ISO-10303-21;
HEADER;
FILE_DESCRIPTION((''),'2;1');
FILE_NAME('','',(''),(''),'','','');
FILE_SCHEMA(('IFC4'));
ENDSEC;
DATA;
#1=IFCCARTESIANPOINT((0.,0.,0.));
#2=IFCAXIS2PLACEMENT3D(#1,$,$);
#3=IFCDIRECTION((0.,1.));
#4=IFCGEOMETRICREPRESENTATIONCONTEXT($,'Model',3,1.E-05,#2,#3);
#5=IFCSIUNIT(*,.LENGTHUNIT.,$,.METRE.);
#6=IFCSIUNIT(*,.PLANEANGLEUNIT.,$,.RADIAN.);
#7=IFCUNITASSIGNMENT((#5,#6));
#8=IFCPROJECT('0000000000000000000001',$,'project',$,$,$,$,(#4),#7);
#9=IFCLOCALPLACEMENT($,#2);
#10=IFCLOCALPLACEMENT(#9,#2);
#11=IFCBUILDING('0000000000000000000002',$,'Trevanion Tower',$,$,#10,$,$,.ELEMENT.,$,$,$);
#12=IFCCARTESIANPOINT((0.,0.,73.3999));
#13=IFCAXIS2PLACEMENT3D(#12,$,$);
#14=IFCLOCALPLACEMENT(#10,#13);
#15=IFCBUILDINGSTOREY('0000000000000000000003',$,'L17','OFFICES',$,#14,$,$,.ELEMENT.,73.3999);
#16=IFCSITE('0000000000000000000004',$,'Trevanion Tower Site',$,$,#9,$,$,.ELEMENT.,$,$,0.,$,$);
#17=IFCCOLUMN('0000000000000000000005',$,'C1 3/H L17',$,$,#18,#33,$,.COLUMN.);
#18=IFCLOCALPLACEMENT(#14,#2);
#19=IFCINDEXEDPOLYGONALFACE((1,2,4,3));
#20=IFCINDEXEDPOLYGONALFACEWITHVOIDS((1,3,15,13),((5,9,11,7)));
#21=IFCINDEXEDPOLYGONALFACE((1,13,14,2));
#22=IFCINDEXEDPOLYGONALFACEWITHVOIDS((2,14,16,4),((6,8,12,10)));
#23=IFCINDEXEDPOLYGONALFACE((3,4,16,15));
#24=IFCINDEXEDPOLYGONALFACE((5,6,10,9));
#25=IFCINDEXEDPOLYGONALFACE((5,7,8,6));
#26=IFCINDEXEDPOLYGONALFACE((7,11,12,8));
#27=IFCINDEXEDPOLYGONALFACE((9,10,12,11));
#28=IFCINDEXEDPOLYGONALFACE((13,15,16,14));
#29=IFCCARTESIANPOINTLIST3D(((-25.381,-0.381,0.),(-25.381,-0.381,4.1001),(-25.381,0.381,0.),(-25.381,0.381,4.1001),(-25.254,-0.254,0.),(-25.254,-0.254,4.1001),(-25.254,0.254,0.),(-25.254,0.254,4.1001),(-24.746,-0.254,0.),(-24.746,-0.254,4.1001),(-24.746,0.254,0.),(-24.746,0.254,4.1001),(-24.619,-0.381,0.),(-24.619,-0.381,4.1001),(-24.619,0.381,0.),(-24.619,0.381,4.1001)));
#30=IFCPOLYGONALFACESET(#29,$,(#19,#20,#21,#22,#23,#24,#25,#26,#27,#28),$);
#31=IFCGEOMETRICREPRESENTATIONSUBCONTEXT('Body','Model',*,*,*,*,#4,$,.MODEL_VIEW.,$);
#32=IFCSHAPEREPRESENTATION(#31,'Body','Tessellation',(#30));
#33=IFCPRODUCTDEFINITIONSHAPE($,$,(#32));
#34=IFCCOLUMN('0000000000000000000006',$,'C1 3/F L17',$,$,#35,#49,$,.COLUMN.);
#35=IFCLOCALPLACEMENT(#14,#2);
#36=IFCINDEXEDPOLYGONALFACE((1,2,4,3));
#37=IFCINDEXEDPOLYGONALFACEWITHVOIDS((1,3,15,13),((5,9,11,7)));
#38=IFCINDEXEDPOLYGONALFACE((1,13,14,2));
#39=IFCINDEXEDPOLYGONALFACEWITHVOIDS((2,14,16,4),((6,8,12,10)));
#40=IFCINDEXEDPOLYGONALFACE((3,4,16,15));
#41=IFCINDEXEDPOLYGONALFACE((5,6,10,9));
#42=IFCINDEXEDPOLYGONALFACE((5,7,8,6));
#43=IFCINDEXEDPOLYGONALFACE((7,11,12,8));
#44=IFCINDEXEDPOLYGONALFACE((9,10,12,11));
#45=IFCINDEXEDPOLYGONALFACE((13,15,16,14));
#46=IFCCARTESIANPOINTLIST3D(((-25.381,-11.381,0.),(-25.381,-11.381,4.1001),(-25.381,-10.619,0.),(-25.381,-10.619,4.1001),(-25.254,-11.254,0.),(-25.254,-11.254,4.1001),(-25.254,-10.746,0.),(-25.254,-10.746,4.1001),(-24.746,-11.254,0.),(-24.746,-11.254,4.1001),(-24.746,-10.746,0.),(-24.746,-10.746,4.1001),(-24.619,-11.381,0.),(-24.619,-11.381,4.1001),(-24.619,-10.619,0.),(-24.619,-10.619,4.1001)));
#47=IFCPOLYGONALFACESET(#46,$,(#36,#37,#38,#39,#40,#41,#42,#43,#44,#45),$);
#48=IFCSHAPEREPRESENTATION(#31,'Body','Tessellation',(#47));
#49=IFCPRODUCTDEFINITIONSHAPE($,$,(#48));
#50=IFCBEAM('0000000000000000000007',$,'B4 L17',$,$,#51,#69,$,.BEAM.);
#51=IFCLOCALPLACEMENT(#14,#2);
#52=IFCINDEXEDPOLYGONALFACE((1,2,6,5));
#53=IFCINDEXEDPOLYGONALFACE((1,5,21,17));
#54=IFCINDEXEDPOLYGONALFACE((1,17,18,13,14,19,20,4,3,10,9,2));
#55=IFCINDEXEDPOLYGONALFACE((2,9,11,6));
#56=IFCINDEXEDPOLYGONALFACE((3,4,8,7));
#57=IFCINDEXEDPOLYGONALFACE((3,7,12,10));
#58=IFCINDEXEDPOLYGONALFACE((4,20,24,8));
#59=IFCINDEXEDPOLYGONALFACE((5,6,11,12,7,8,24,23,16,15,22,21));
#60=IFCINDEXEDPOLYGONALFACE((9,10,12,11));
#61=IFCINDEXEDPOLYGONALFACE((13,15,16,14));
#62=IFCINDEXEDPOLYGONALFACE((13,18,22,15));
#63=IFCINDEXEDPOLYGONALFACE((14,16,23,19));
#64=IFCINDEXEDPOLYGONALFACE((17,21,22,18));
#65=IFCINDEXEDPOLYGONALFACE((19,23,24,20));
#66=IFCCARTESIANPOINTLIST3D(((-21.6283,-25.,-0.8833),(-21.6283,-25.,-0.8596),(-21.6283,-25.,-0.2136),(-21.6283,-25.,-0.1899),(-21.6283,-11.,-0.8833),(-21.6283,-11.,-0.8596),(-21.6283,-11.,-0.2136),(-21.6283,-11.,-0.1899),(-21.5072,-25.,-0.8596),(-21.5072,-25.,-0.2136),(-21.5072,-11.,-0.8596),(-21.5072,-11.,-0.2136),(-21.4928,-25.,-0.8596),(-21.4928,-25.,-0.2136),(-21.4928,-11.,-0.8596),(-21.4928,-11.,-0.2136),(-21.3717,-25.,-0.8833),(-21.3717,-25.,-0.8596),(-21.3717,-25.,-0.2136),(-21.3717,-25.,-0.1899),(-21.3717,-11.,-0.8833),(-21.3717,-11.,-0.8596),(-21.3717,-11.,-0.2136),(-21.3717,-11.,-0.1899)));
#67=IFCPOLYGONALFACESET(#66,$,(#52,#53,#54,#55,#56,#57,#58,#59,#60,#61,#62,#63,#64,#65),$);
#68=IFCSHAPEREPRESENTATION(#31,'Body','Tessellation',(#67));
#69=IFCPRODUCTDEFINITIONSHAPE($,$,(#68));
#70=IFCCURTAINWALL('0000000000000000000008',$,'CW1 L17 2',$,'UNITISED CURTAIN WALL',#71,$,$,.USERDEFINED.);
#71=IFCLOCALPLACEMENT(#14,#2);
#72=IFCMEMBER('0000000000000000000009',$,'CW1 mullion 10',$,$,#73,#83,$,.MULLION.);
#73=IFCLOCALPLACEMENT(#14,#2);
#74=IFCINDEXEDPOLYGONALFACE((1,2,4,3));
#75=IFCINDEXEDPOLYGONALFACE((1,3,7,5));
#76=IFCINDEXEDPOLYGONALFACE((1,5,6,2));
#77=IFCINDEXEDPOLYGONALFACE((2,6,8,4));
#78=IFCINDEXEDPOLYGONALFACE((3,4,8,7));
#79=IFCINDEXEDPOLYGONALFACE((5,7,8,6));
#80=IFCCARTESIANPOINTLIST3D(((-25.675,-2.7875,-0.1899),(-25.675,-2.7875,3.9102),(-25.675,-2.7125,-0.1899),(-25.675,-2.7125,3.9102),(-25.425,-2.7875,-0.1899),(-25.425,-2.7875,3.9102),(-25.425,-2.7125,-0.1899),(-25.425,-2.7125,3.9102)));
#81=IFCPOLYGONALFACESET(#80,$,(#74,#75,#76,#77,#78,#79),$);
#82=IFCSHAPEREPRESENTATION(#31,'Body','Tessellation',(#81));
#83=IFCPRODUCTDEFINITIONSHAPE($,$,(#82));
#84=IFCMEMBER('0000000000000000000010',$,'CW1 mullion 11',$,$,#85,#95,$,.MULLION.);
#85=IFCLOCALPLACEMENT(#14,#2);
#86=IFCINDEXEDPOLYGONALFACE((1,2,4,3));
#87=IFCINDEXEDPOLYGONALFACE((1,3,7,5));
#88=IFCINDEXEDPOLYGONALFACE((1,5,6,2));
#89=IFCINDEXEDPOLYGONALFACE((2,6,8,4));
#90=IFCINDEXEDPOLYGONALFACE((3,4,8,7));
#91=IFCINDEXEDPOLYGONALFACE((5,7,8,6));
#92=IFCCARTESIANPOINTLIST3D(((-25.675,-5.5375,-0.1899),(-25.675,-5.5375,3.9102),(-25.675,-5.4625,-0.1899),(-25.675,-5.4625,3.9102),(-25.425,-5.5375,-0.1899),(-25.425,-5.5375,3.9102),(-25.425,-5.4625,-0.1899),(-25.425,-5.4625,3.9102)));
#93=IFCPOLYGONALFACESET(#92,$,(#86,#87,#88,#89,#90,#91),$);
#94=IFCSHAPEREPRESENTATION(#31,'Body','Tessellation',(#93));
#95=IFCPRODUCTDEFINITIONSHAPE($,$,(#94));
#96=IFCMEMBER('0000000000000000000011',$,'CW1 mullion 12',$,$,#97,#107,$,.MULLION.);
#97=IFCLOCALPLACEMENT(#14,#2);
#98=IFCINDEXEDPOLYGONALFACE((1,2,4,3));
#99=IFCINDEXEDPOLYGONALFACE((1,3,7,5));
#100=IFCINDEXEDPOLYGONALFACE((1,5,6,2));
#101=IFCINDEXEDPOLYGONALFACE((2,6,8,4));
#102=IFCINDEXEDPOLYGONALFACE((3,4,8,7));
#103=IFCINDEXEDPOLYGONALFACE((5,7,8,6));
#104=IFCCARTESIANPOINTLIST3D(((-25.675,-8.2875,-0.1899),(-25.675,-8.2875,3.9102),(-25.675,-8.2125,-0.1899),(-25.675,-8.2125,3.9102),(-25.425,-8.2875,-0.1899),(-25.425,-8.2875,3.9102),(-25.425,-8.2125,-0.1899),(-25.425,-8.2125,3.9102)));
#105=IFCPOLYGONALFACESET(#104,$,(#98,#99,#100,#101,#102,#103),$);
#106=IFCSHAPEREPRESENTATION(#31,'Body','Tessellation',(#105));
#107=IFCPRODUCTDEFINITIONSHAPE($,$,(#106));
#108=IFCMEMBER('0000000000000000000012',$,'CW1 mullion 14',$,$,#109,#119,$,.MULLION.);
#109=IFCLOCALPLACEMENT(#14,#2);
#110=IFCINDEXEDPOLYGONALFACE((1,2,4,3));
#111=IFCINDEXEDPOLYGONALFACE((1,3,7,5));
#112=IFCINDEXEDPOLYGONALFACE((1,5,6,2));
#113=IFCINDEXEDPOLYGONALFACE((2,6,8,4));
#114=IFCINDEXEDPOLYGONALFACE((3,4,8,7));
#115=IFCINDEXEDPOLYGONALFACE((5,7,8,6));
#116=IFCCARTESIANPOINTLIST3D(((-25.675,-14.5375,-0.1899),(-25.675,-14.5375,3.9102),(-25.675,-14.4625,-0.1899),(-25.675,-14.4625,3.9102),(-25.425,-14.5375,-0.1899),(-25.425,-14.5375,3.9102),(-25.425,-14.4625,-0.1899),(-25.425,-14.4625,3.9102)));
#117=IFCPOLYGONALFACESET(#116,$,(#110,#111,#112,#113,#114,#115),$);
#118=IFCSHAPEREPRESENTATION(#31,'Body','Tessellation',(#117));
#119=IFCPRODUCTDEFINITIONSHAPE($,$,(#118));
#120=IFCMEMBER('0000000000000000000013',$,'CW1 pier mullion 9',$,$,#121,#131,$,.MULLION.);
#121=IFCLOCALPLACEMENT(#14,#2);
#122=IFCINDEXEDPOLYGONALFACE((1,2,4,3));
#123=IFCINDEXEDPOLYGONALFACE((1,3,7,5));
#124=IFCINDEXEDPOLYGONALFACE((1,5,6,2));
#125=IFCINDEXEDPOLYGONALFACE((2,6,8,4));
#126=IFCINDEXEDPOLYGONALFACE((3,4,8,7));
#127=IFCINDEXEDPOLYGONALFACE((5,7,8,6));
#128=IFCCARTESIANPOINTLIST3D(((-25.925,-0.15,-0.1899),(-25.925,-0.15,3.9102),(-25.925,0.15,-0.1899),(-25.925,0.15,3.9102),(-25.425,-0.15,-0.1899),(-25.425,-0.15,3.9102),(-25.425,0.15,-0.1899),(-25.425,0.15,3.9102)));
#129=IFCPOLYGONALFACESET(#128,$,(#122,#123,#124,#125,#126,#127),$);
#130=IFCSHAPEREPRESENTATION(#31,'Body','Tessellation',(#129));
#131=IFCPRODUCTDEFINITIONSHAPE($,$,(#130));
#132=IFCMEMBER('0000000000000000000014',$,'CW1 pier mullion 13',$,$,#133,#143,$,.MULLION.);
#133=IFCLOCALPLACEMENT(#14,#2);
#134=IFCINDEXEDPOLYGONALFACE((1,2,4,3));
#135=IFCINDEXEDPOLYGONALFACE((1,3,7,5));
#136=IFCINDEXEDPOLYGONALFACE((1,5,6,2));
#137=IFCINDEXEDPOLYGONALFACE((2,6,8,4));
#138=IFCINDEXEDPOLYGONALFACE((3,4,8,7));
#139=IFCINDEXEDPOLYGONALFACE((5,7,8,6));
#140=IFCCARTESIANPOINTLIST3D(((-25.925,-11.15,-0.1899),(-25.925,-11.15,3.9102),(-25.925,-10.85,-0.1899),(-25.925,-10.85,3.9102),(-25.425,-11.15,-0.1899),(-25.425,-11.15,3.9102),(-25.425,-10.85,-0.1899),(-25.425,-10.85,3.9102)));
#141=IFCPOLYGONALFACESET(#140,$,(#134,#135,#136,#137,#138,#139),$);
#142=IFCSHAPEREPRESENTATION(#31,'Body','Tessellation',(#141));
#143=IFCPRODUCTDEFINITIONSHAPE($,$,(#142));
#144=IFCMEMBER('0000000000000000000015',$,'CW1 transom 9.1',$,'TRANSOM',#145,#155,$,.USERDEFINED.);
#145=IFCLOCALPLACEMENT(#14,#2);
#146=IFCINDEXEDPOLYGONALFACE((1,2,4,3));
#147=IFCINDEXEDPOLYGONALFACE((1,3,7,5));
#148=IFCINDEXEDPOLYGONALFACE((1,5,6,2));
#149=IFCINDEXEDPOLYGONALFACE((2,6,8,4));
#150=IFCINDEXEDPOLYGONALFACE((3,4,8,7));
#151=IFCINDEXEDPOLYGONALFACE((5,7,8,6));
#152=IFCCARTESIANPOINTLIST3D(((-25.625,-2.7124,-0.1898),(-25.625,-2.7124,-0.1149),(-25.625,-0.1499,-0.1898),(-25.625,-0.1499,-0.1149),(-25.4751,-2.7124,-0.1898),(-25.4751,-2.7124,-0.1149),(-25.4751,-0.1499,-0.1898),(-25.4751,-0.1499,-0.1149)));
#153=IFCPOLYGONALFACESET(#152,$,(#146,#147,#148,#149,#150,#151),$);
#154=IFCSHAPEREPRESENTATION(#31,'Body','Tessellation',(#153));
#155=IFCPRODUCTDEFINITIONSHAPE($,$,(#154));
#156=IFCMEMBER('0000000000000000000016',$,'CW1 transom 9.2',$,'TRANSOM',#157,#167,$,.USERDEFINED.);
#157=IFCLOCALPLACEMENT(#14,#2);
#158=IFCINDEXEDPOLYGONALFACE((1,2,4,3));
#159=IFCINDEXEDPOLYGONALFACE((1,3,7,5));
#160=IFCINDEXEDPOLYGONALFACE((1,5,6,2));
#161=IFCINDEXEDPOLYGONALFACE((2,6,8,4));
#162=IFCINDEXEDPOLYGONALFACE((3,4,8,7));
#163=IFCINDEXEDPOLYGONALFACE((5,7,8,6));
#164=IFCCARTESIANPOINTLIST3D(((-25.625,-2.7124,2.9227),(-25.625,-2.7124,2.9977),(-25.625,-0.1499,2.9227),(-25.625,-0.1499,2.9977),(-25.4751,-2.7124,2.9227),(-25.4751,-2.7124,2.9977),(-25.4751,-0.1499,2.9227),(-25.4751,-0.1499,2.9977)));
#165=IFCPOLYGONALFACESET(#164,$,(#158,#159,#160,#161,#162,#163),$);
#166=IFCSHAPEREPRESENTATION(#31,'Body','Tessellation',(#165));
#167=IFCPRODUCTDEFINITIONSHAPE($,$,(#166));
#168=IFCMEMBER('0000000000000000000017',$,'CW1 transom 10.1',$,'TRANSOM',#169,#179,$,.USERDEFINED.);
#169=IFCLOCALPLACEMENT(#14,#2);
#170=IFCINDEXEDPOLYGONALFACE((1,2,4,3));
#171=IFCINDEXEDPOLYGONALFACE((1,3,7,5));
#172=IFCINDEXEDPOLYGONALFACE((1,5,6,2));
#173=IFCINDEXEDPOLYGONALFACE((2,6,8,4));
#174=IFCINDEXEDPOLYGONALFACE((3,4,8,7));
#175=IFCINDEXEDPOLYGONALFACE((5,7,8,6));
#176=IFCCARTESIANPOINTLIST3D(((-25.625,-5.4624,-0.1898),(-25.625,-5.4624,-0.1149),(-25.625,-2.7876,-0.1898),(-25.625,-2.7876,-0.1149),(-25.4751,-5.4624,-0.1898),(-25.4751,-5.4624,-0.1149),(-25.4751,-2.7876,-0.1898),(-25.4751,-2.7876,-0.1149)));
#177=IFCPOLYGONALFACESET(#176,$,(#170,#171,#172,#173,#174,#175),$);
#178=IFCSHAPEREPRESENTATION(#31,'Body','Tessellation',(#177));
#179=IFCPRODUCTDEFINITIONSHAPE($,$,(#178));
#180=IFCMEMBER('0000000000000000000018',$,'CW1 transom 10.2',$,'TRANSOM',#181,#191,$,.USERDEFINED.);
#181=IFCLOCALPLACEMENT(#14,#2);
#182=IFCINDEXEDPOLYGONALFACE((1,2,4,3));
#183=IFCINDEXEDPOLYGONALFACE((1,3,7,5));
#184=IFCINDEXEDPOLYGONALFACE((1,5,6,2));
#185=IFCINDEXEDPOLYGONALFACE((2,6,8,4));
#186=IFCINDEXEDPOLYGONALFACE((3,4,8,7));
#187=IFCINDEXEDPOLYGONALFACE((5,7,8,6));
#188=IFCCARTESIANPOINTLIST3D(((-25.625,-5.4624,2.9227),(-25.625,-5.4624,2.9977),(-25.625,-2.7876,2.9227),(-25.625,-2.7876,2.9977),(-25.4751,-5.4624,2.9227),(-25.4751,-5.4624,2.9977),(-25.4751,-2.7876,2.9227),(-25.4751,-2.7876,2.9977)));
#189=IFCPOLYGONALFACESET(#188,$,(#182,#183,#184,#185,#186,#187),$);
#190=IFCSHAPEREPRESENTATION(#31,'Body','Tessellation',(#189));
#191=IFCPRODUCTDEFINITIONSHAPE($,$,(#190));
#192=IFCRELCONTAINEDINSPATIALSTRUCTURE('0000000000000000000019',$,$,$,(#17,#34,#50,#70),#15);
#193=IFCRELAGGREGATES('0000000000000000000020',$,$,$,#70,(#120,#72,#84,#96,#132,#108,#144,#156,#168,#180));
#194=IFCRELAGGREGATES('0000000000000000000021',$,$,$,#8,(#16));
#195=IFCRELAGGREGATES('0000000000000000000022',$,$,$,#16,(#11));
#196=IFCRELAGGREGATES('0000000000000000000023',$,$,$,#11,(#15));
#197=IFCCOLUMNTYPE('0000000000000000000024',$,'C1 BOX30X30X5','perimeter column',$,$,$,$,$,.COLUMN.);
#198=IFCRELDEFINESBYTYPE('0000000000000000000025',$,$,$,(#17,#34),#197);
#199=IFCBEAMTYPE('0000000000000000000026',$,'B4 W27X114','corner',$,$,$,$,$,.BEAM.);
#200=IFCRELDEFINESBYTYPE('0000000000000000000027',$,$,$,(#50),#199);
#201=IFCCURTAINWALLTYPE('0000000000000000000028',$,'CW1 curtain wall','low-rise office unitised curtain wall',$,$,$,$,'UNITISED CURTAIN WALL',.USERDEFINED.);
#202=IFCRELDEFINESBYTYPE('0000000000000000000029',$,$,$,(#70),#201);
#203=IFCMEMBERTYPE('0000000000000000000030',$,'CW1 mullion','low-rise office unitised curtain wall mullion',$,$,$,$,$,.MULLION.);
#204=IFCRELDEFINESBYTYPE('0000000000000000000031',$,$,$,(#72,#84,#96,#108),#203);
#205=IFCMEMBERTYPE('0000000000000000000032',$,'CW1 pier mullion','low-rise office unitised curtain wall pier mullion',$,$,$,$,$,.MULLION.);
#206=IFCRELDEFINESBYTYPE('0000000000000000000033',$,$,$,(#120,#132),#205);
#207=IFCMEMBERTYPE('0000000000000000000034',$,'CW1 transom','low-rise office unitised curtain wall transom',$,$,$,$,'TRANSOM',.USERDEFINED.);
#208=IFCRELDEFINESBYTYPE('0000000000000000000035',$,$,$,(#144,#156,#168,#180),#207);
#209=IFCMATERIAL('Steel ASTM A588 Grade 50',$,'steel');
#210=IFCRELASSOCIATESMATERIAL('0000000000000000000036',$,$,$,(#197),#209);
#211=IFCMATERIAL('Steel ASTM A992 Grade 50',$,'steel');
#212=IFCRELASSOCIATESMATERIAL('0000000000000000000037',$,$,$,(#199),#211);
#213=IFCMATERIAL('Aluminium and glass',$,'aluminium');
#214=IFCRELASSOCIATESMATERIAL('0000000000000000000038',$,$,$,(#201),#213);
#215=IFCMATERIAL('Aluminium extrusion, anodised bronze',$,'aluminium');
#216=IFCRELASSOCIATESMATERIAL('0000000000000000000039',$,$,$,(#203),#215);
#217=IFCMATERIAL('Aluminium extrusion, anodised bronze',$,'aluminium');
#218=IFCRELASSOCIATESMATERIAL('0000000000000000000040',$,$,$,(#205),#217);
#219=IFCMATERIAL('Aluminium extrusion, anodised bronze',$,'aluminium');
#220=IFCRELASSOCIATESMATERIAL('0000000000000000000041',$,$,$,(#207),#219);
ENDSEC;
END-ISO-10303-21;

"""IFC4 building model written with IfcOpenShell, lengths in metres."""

from ifc_helpers import new_model, si_unit, direction, frame, origin, origin_2d, place, context, subcontext, project, spatial, rectangle, hollow_rectangle, i_section, extrude, material, material_profile, profile_set, type_object, element, aggregate, save


model = new_model("IFC4")

# Units and contexts
model_context = context("Model", 3, precision=1e-05, world=origin(), true_north=direction((0.0, 1.0)))
body_context = subcontext(model_context, "Body", "Model", "MODEL_VIEW")
ifc_project = project(units=[si_unit("LENGTHUNIT", "METRE"), si_unit("PLANEANGLEUNIT", "RADIAN")], contexts=[model_context])

# Site, building, storey
site_placement = place(None, origin())
site = spatial("IfcSite", under=ifc_project, at=site_placement, Name="Trevanion Tower Site", CompositionType="ELEMENT", RefElevation=0.0)
building_placement = place(site_placement, origin())
building = spatial("IfcBuilding", under=site, at=building_placement, Name="Trevanion Tower", CompositionType="ELEMENT")
storey_placement = place(building_placement, frame((0.0, 0.0, 73.3999)))
storey = spatial("IfcBuildingStorey", under=building, at=storey_placement, Name="L17", Description="OFFICES", CompositionType="ELEMENT", Elevation=73.3999)

# Columns
ifc_material_1 = material(Name="Steel ASTM A588 Grade 50", Category="steel")
ifc_material_profile_1 = material_profile(ifc_material_1, hollow_rectangle(XDim=0.762, YDim=0.762, WallThickness=0.127, at=origin_2d()), Name="BOX30X30X5")
ifc_profile_set_1 = profile_set([ifc_material_profile_1], Name="Steel ASTM A588 Grade 50")
column_type = type_object("IfcColumnType", Name="C1 BOX30X30X5", Description="perimeter column", PredefinedType="COLUMN", material=ifc_profile_set_1)
for number, where, z_axis, x_axis, name in (
    (1, (-25.0, 0.0, 0.0), (0.0, 0.0, 1.0), (0.0, 1.0, 0.0), "C1 3/H L17"),
    (2, (-25.0, -11.0, 0.0), (0.0, 0.0, 1.0), (0.0, 1.0, 0.0), "C1 3/F L17"),
):
    element("IfcColumn", number, at=place(storey_placement, frame(where, z_axis=z_axis, x_axis=x_axis)), inside=storey, type_object=column_type, Name=name, PredefinedType="COLUMN", context=body_context, shape_type="SweptSolid", body=[
        extrude(hollow_rectangle(XDim=0.762, YDim=0.762, WallThickness=0.127, at=origin_2d()), origin(), (0.0, 0.0, 1.0), 4.1001),
    ])

# Beam
ifc_material_2 = material(Name="Steel ASTM A992 Grade 50", Category="steel")
ifc_material_profile_2 = material_profile(ifc_material_2, i_section(OverallWidth=0.2566, OverallDepth=0.6934, WebThickness=0.0144, FlangeThickness=0.0237, at=origin_2d()), Name="W27X114")
ifc_profile_set_2 = profile_set([ifc_material_profile_2], Name="Steel ASTM A992 Grade 50")
beam_type_1 = type_object("IfcBeamType", Name="B4 W27X114", Description="corner", PredefinedType="BEAM", material=ifc_profile_set_2)
beam_1_placement = place(storey_placement, frame((-21.5, -11.0, -0.5366), z_axis=(0.0, -1.0, 0.0), x_axis=(1.0, 0.0, 0.0)))
element("IfcBeam", 3, at=beam_1_placement, inside=storey, type_object=beam_type_1, Name="B4 L17", PredefinedType="BEAM", context=body_context, shape_type="SweptSolid", body=[
    extrude(i_section(OverallWidth=0.2566, OverallDepth=0.6934, WebThickness=0.0144, FlangeThickness=0.0237, at=origin_2d()), origin(), (0.0, 0.0, 1.0), 14.0),
])

# Curtain wall, members
ifc_material_3 = material(Name="Aluminium and glass", Category="aluminium")
curtain_wall_type = type_object("IfcCurtainWallType", Name="CW1 curtain wall", Description="low-rise office unitised curtain wall", ElementType="UNITISED CURTAIN WALL", PredefinedType="USERDEFINED", material=ifc_material_3)
curtain_wall_placement = place(storey_placement, origin())
curtain_wall = element("IfcCurtainWall", 4, at=curtain_wall_placement, inside=storey, type_object=curtain_wall_type, Name="CW1 L17 2", ObjectType="UNITISED CURTAIN WALL", PredefinedType="USERDEFINED")
ifc_material_4 = material(Name="Aluminium extrusion, anodised bronze", Category="aluminium")
ifc_material_profile_3 = material_profile(ifc_material_4, rectangle(XDim=0.075, YDim=0.25, at=origin_2d()), Name="CW1 mullion")
ifc_profile_set_3 = profile_set([ifc_material_profile_3], Name="Aluminium extrusion, anodised bronze")
member_type_1 = type_object("IfcMemberType", Name="CW1 mullion", Description="low-rise office unitised curtain wall mullion", PredefinedType="MULLION", material=ifc_profile_set_3)
member_1_placement = place(storey_placement, frame((-25.55, -2.75, -0.1899), z_axis=(0.0, 0.0, 1.0), x_axis=(0.0, -1.0, 0.0)))
member_1 = element("IfcMember", 5, at=member_1_placement, type_object=member_type_1, Name="CW1 mullion 10", PredefinedType="MULLION", context=body_context, shape_type="SweptSolid", body=[
    extrude(rectangle(XDim=0.075, YDim=0.25, at=origin_2d()), origin(), (0.0, 0.0, 1.0), 4.1001),
])
member_2_placement = place(storey_placement, frame((-25.55, -5.5, -0.1899), z_axis=(0.0, 0.0, 1.0), x_axis=(0.0, -1.0, 0.0)))
member_2 = element("IfcMember", 6, at=member_2_placement, type_object=member_type_1, Name="CW1 mullion 11", PredefinedType="MULLION", context=body_context, shape_type="SweptSolid", body=[
    extrude(rectangle(XDim=0.075, YDim=0.25, at=origin_2d()), origin(), (0.0, 0.0, 1.0), 4.1001),
])
member_3_placement = place(storey_placement, frame((-25.55, -8.25, -0.1899), z_axis=(0.0, 0.0, 1.0), x_axis=(0.0, -1.0, 0.0)))
member_3 = element("IfcMember", 7, at=member_3_placement, type_object=member_type_1, Name="CW1 mullion 12", PredefinedType="MULLION", context=body_context, shape_type="SweptSolid", body=[
    extrude(rectangle(XDim=0.075, YDim=0.25, at=origin_2d()), origin(), (0.0, 0.0, 1.0), 4.1001),
])
member_4_placement = place(storey_placement, frame((-25.55, -14.5, -0.1899), z_axis=(0.0, 0.0, 1.0), x_axis=(0.0, -1.0, 0.0)))
member_4 = element("IfcMember", 8, at=member_4_placement, type_object=member_type_1, Name="CW1 mullion 14", PredefinedType="MULLION", context=body_context, shape_type="SweptSolid", body=[
    extrude(rectangle(XDim=0.075, YDim=0.25, at=origin_2d()), origin(), (0.0, 0.0, 1.0), 4.1001),
])
ifc_material_5 = material(Name="Aluminium extrusion, anodised bronze", Category="aluminium")
ifc_material_profile_4 = material_profile(ifc_material_5, rectangle(XDim=0.3, YDim=0.5, at=origin_2d()), Name="CW1 pier mullion")
ifc_profile_set_4 = profile_set([ifc_material_profile_4], Name="Aluminium extrusion, anodised bronze")
member_type_2 = type_object("IfcMemberType", Name="CW1 pier mullion", Description="low-rise office unitised curtain wall pier mullion", PredefinedType="MULLION", material=ifc_profile_set_4)
member_5_placement = place(storey_placement, frame((-25.675, 0.0, -0.1899), z_axis=(0.0, 0.0, 1.0), x_axis=(0.0, -1.0, 0.0)))
member_5 = element("IfcMember", 9, at=member_5_placement, type_object=member_type_2, Name="CW1 pier mullion 9", PredefinedType="MULLION", context=body_context, shape_type="SweptSolid", body=[
    extrude(rectangle(XDim=0.3, YDim=0.5, at=origin_2d()), origin(), (0.0, 0.0, 1.0), 4.1001),
])
member_6_placement = place(storey_placement, frame((-25.675, -11.0, -0.1899), z_axis=(0.0, 0.0, 1.0), x_axis=(0.0, -1.0, 0.0)))
member_6 = element("IfcMember", 10, at=member_6_placement, type_object=member_type_2, Name="CW1 pier mullion 13", PredefinedType="MULLION", context=body_context, shape_type="SweptSolid", body=[
    extrude(rectangle(XDim=0.3, YDim=0.5, at=origin_2d()), origin(), (0.0, 0.0, 1.0), 4.1001),
])
ifc_material_6 = material(Name="Aluminium extrusion, anodised bronze", Category="aluminium")
ifc_material_profile_5 = material_profile(ifc_material_6, rectangle(XDim=0.1499, YDim=0.075, at=origin_2d()), Name="CW1 transom")
ifc_profile_set_5 = profile_set([ifc_material_profile_5], Name="Aluminium extrusion, anodised bronze")
member_type_3 = type_object("IfcMemberType", Name="CW1 transom", Description="low-rise office unitised curtain wall transom", ElementType="TRANSOM", PredefinedType="USERDEFINED", material=ifc_profile_set_5)
member_7_placement = place(storey_placement, frame((-25.55, -0.1499, -0.1523), z_axis=(0.0, -1.0, 0.0), x_axis=(1.0, 0.0, 0.0)))
member_7 = element("IfcMember", 11, at=member_7_placement, type_object=member_type_3, Name="CW1 transom 9.1", ObjectType="TRANSOM", PredefinedType="USERDEFINED", context=body_context, shape_type="SweptSolid", body=[
    extrude(rectangle(XDim=0.1499, YDim=0.075, at=origin_2d()), origin(), (0.0, 0.0, 1.0), 2.5625),
])
member_8_placement = place(storey_placement, frame((-25.55, -0.1499, 2.9602), z_axis=(0.0, -1.0, 0.0), x_axis=(1.0, 0.0, 0.0)))
member_8 = element("IfcMember", 12, at=member_8_placement, type_object=member_type_3, Name="CW1 transom 9.2", ObjectType="TRANSOM", PredefinedType="USERDEFINED", context=body_context, shape_type="SweptSolid", body=[
    extrude(rectangle(XDim=0.1499, YDim=0.075, at=origin_2d()), origin(), (0.0, 0.0, 1.0), 2.5625),
])
member_9_placement = place(storey_placement, frame((-25.55, -2.7876, -0.1523), z_axis=(0.0, -1.0, 0.0), x_axis=(1.0, 0.0, 0.0)))
member_9 = element("IfcMember", 13, at=member_9_placement, type_object=member_type_3, Name="CW1 transom 10.1", ObjectType="TRANSOM", PredefinedType="USERDEFINED", context=body_context, shape_type="SweptSolid", body=[
    extrude(rectangle(XDim=0.1499, YDim=0.075, at=origin_2d()), origin(), (0.0, 0.0, 1.0), 2.6748),
])
member_10_placement = place(storey_placement, frame((-25.55, -2.7876, 2.9602), z_axis=(0.0, -1.0, 0.0), x_axis=(1.0, 0.0, 0.0)))
member_10 = element("IfcMember", 14, at=member_10_placement, type_object=member_type_3, Name="CW1 transom 10.2", ObjectType="TRANSOM", PredefinedType="USERDEFINED", context=body_context, shape_type="SweptSolid", body=[
    extrude(rectangle(XDim=0.1499, YDim=0.075, at=origin_2d()), origin(), (0.0, 0.0, 1.0), 2.6748),
])

aggregate(curtain_wall, [member_5, member_1, member_2, member_3, member_6, member_4, member_7, member_8, member_9, member_10])

save(model, "model.ifc")
